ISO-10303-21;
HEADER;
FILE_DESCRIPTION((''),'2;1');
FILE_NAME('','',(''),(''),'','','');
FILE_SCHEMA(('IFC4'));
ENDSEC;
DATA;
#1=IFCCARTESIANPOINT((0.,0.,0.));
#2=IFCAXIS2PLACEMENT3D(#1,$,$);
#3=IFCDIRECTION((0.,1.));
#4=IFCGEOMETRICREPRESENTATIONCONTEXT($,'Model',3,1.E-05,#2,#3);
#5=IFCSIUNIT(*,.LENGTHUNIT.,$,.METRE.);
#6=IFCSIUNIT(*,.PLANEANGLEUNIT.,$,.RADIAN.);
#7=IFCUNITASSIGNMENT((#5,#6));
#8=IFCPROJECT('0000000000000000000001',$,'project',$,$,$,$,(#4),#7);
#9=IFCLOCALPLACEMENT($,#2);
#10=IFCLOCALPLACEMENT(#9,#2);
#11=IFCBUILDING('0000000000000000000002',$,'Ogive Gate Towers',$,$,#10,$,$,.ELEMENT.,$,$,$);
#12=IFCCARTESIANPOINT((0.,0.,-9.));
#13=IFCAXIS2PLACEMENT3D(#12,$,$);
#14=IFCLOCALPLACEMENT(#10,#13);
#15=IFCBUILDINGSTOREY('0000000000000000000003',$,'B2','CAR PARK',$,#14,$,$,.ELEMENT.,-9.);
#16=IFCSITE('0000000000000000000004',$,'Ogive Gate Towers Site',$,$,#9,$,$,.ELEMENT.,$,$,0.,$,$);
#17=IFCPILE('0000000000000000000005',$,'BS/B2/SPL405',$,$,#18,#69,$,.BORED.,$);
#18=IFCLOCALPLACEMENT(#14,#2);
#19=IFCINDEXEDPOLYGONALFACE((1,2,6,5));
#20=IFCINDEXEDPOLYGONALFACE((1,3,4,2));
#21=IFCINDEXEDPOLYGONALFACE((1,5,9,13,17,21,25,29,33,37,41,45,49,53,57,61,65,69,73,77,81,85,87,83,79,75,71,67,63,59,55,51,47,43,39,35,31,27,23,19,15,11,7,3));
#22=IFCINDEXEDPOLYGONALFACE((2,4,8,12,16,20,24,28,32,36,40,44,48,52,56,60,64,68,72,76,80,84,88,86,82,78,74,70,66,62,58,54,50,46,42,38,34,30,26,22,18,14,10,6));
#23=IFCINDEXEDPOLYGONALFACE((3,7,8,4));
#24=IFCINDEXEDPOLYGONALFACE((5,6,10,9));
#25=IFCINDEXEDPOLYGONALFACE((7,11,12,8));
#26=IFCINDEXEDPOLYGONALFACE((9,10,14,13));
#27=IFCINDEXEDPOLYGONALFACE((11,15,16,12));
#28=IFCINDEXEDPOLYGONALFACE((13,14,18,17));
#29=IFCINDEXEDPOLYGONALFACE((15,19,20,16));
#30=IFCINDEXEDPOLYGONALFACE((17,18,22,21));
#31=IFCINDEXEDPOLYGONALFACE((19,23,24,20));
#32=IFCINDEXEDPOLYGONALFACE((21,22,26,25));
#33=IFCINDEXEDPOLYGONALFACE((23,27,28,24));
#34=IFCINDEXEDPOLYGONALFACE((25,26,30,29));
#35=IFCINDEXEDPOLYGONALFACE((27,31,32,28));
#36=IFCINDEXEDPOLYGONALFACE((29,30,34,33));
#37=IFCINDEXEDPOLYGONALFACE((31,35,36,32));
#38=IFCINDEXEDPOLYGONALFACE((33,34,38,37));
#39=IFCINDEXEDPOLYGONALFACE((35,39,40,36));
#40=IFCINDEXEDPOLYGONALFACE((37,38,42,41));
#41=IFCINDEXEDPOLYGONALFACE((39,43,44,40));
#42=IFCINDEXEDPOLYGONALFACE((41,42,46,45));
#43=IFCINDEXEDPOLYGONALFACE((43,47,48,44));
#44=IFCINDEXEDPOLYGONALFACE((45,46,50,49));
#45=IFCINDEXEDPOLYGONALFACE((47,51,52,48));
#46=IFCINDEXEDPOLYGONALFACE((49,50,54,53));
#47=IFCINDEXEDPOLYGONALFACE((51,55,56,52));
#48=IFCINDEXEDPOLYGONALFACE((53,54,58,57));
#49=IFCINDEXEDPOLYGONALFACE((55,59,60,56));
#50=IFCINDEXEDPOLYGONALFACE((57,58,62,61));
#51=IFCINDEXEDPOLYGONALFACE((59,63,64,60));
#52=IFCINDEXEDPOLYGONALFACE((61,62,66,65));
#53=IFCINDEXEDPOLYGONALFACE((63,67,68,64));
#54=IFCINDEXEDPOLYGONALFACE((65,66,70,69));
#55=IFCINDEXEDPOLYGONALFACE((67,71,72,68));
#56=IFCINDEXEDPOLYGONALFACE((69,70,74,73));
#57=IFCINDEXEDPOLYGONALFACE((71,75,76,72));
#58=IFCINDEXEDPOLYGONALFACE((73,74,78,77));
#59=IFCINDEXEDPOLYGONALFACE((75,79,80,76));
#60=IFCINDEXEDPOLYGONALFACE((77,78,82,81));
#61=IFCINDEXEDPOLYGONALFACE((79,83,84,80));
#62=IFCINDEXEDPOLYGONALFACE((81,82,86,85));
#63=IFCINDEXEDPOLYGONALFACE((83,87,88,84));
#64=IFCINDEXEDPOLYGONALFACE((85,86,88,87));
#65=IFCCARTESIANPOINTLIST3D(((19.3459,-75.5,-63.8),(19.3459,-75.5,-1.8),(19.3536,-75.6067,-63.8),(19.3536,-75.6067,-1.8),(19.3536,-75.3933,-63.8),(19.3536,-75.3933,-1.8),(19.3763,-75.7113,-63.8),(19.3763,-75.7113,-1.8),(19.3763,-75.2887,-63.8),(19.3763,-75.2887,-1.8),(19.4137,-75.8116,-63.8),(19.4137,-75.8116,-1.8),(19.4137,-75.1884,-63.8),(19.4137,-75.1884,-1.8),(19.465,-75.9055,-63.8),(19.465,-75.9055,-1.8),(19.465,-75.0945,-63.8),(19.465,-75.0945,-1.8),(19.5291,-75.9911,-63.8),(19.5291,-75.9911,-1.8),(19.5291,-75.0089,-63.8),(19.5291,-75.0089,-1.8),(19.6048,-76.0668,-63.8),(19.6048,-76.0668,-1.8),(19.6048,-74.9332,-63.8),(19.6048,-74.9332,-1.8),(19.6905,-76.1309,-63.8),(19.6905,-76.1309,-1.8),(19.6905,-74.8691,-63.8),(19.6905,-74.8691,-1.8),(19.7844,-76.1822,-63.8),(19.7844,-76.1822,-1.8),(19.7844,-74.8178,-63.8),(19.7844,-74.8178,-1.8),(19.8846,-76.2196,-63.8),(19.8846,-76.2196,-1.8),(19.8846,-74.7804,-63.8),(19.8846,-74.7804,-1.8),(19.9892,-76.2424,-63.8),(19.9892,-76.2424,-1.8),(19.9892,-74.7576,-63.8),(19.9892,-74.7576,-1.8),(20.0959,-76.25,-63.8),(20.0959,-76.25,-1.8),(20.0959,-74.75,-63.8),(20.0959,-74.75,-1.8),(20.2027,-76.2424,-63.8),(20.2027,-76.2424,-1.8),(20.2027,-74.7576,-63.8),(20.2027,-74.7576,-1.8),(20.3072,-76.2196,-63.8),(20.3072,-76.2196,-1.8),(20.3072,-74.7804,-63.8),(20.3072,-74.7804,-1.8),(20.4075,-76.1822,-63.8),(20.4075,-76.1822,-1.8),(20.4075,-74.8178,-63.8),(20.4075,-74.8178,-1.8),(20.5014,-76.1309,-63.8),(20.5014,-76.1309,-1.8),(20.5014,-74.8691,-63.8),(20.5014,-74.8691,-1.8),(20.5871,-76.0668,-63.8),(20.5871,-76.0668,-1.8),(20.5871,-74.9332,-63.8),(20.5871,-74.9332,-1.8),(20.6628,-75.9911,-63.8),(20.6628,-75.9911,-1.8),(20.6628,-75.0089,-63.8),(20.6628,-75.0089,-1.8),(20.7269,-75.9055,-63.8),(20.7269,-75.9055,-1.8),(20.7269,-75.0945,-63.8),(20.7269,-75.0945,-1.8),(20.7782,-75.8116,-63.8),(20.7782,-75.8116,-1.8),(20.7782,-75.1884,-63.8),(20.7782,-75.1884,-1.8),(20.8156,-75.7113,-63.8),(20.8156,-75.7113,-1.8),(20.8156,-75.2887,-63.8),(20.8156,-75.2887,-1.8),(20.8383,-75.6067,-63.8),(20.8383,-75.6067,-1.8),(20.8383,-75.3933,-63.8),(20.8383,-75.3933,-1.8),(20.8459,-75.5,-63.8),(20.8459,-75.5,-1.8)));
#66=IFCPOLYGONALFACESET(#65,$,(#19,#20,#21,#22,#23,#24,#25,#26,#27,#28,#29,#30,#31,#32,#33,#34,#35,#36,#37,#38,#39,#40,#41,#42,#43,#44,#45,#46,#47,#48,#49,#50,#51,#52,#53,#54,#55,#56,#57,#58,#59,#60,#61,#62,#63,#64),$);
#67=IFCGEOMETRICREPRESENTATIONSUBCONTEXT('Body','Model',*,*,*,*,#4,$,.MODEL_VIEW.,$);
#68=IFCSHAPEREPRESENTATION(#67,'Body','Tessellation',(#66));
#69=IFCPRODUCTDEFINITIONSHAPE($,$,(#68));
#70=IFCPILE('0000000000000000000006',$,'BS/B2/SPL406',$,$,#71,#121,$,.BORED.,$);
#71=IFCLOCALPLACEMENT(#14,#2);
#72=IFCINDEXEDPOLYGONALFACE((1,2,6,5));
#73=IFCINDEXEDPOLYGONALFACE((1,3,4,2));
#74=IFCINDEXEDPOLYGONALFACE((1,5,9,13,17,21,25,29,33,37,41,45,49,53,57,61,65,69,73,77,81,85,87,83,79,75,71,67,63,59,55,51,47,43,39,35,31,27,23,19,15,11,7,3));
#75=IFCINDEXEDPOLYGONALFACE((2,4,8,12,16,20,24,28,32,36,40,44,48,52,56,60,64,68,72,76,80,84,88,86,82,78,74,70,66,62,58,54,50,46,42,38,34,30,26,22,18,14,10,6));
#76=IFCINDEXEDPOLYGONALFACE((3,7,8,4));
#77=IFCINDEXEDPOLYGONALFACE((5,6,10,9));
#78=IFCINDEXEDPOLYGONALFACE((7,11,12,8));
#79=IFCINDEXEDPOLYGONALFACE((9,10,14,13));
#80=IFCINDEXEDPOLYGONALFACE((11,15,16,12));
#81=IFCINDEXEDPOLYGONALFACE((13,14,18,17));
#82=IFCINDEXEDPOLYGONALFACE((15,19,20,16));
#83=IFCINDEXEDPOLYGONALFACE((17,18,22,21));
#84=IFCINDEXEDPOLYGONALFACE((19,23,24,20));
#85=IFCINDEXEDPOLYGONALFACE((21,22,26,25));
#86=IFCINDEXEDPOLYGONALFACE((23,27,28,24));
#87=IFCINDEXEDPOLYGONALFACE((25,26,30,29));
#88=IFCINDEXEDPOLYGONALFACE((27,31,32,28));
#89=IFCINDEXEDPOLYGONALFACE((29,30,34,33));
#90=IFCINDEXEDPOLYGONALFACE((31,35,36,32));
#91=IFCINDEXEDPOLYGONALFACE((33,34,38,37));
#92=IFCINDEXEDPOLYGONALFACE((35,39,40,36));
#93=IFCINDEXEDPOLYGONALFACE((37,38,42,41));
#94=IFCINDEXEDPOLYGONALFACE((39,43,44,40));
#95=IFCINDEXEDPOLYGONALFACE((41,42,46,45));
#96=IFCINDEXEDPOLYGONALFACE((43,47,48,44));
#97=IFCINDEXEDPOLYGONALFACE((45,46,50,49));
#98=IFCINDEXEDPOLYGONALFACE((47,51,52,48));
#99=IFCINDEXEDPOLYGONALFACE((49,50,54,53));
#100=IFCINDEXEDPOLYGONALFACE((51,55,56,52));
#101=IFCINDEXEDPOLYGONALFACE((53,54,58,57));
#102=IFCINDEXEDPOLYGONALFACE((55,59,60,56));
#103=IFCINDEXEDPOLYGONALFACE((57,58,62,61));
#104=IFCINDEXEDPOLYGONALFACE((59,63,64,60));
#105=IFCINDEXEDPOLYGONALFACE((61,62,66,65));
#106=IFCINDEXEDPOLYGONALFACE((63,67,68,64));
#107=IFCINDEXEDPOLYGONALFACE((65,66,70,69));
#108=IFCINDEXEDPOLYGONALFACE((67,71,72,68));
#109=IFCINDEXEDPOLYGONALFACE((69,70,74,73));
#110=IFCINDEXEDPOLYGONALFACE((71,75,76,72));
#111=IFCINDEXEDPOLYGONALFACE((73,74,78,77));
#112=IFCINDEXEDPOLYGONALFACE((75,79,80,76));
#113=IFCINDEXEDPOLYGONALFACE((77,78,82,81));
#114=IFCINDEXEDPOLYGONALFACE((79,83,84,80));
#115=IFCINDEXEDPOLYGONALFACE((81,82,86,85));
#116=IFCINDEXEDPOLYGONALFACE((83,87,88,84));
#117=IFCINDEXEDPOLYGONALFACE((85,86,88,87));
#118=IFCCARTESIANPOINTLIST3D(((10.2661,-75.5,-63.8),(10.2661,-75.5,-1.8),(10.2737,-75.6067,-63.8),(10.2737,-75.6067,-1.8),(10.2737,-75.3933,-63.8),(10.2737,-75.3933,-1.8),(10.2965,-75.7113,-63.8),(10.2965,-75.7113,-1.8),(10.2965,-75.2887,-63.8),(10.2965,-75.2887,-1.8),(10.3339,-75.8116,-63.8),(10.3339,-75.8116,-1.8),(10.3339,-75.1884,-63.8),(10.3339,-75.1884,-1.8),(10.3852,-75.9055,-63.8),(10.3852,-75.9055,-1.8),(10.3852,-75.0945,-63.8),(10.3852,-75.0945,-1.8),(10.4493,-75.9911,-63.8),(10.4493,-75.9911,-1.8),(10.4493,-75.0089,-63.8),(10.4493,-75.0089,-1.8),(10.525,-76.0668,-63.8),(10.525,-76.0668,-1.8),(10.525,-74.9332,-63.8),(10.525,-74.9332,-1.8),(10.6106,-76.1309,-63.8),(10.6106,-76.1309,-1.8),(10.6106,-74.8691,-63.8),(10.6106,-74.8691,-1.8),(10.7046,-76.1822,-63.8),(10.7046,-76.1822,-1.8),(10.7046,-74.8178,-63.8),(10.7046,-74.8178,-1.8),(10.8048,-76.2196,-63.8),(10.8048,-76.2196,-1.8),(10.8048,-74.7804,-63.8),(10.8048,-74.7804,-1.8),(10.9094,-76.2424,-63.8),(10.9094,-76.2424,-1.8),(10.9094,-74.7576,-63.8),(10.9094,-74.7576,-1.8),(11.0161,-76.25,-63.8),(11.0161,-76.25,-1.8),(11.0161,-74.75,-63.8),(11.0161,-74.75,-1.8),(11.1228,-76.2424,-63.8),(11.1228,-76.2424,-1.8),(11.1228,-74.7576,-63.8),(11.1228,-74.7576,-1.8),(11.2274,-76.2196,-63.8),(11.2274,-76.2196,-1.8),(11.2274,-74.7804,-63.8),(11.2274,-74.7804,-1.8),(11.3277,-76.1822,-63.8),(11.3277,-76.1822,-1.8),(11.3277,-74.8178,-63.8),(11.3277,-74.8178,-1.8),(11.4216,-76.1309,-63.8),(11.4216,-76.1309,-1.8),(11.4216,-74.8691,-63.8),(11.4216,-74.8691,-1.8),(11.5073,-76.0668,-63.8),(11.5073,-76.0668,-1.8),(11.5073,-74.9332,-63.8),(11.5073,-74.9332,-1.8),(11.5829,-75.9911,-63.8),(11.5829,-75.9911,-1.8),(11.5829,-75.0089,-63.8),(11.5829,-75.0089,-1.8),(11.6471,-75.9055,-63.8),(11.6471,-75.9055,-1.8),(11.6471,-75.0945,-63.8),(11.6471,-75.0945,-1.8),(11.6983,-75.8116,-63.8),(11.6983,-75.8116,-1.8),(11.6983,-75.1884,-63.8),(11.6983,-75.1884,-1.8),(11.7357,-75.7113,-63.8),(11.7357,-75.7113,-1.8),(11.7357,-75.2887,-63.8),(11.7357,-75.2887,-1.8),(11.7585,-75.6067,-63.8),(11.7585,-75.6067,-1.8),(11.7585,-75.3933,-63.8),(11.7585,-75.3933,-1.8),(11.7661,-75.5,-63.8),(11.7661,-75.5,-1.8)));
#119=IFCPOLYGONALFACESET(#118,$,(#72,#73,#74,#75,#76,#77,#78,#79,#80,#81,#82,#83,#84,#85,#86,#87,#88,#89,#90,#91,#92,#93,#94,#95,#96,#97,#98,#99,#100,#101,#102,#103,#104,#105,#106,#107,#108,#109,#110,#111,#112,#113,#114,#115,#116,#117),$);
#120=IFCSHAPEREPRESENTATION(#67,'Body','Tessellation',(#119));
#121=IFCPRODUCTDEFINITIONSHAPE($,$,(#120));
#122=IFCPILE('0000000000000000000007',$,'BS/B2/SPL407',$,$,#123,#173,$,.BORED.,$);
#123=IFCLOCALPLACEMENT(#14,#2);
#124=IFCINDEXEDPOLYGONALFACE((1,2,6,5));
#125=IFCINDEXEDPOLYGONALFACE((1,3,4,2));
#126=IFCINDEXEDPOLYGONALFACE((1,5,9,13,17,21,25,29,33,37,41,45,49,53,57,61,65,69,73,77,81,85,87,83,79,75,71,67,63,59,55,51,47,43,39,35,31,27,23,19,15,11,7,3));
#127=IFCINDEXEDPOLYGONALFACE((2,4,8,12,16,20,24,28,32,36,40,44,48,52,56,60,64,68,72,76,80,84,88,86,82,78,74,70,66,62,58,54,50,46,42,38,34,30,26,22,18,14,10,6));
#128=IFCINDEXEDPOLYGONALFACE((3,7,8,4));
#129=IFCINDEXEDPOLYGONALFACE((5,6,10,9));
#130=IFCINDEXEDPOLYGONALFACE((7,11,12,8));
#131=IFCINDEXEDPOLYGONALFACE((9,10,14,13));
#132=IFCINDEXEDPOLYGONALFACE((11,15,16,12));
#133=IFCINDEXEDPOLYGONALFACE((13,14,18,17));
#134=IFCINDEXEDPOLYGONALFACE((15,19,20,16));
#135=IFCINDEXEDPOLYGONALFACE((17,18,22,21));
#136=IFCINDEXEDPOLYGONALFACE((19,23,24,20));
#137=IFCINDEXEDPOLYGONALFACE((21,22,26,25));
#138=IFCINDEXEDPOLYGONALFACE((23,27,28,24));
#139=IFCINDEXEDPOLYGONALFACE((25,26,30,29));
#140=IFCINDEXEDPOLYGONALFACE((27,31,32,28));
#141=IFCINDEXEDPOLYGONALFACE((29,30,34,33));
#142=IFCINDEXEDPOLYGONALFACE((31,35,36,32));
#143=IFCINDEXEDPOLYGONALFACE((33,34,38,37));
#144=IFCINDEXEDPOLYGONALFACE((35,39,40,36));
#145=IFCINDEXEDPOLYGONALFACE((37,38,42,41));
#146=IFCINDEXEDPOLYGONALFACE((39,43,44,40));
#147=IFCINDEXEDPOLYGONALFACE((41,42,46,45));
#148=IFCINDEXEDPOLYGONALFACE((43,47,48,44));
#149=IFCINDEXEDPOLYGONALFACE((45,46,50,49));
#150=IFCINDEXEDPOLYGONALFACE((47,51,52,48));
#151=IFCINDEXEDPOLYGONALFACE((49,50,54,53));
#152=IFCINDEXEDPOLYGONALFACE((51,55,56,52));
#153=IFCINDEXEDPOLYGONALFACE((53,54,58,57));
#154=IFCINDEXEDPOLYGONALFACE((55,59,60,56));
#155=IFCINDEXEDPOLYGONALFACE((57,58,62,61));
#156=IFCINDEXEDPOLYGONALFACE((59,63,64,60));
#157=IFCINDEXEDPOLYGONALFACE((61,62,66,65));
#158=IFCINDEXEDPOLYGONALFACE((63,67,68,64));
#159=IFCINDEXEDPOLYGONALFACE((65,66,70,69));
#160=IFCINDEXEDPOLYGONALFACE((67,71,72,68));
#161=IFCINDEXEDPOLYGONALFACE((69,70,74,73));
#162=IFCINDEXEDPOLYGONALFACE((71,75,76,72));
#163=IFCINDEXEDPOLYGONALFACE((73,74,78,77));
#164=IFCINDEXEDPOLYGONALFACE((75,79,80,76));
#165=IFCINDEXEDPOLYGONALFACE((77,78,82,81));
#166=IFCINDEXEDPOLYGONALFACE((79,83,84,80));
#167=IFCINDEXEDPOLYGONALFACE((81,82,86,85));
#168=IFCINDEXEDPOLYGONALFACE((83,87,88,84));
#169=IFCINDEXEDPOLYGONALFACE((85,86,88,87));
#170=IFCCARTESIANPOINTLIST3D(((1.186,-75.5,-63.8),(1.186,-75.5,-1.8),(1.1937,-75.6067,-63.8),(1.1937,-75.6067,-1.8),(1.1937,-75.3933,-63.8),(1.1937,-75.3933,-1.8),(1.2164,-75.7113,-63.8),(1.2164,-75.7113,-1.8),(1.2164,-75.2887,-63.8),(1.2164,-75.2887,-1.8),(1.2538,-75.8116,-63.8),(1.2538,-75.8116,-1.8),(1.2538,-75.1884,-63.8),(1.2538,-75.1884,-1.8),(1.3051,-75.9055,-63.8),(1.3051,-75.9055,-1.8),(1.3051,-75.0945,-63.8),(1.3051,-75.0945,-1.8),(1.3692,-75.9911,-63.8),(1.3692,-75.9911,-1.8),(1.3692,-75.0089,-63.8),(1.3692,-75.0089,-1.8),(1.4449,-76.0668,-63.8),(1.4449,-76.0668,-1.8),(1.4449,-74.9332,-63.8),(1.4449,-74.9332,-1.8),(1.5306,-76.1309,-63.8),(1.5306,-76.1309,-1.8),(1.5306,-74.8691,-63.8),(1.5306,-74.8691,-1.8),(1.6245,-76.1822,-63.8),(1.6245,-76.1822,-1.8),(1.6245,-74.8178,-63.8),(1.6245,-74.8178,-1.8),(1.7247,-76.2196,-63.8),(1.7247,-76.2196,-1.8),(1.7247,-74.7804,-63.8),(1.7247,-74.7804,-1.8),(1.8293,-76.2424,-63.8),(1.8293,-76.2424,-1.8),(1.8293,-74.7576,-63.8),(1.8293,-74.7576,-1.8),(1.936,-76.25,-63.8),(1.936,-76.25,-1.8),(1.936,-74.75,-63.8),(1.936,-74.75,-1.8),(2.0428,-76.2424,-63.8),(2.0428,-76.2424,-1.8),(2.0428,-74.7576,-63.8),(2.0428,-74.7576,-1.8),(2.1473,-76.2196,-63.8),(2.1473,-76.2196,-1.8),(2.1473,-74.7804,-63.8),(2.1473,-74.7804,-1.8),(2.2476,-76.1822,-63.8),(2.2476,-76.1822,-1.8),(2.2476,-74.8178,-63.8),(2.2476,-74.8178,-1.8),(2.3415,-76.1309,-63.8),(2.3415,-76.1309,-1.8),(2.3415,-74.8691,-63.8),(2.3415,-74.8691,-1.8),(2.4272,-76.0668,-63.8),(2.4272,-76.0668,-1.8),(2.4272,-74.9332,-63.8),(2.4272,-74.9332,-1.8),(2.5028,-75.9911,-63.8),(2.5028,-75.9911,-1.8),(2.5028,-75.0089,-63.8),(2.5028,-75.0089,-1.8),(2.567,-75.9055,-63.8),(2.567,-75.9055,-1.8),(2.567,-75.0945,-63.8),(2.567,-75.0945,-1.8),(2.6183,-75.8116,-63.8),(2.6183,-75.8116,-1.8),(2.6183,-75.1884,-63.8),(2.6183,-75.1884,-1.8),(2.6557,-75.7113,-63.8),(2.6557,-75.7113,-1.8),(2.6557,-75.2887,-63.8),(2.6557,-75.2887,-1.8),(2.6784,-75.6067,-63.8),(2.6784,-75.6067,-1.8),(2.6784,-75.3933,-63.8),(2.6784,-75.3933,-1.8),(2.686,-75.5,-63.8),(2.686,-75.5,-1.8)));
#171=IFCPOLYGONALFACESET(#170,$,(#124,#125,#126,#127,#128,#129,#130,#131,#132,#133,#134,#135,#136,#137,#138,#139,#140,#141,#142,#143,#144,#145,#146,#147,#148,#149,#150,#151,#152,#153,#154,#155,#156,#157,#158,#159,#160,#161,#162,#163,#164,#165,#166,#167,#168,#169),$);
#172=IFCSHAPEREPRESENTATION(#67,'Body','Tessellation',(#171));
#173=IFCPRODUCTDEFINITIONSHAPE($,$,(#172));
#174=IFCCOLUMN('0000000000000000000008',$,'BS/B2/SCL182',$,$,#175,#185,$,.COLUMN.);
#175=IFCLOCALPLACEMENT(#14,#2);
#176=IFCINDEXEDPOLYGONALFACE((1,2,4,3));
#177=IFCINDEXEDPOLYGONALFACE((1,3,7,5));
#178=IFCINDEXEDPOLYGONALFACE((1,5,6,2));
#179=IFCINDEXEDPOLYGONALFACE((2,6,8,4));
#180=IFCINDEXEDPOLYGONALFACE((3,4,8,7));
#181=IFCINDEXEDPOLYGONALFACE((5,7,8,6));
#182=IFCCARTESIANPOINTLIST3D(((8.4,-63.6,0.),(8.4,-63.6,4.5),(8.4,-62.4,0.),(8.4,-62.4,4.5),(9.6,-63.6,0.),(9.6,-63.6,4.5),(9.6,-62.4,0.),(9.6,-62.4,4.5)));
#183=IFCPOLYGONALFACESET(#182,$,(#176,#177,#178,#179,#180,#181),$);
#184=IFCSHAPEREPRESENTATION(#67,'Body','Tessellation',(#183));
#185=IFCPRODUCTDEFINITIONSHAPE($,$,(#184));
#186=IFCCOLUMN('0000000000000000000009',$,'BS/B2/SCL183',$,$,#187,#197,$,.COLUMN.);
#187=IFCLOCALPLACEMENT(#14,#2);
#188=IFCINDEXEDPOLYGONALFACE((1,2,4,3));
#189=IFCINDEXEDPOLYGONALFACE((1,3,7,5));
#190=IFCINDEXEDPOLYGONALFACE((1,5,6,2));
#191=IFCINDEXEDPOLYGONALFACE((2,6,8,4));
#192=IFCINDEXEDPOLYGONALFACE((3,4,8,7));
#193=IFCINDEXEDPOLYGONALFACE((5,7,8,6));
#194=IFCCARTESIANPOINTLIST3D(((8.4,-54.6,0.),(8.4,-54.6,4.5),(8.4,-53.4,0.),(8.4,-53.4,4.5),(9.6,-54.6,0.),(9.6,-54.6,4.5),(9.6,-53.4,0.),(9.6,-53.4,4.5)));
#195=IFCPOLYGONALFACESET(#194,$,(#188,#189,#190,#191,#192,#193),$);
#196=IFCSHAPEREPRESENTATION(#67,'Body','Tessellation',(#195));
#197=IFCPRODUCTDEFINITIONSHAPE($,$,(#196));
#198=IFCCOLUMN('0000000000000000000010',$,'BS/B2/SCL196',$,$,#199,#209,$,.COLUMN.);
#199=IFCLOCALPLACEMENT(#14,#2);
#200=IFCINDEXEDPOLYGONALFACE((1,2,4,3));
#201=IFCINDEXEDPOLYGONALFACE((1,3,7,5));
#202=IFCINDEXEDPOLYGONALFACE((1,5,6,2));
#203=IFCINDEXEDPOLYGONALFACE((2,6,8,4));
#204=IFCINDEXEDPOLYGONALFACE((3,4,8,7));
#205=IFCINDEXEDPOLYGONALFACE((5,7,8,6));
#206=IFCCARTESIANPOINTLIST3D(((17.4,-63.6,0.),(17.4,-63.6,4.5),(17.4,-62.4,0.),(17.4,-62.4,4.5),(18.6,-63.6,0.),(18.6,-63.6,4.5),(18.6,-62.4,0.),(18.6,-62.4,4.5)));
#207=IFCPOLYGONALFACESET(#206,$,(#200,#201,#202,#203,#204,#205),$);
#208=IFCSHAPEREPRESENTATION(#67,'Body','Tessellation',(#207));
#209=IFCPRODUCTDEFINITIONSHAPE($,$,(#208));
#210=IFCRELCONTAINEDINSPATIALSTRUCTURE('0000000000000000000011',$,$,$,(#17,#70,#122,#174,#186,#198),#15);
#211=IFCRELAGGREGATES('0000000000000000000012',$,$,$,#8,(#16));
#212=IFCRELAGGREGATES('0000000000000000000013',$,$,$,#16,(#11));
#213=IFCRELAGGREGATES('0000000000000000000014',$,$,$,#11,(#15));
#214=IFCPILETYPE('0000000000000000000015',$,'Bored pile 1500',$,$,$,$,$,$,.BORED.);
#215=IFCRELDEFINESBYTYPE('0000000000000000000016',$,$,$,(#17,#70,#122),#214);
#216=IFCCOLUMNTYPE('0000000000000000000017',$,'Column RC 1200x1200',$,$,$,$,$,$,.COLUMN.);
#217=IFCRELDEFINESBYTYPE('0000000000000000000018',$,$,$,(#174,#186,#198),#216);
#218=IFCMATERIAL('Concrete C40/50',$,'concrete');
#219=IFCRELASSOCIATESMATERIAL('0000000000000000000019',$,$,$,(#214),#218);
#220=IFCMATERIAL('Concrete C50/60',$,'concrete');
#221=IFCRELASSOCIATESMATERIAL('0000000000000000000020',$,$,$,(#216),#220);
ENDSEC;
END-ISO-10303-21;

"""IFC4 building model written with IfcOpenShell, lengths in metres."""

from ifc_helpers import new_model, si_unit, direction, frame, origin, origin_2d, place, context, subcontext, project, spatial, rectangle, circle, extrude, material, material_profile, profile_set, type_object, element, save


model = new_model("IFC4")

# Units and contexts
model_context = context("Model", 3, precision=1e-05, world=origin(), true_north=direction((0.0, 1.0)))
body_context = subcontext(model_context, "Body", "Model", "MODEL_VIEW")
ifc_project = project(units=[si_unit("LENGTHUNIT", "METRE"), si_unit("PLANEANGLEUNIT", "RADIAN")], contexts=[model_context])

# Site, building, storey
site_placement = place(None, origin())
site = spatial("IfcSite", under=ifc_project, at=site_placement, Name="Ogive Gate Towers Site", CompositionType="ELEMENT", RefElevation=0.0)
building_placement = place(site_placement, origin())
building = spatial("IfcBuilding", under=site, at=building_placement, Name="Ogive Gate Towers", CompositionType="ELEMENT")
storey_placement = place(building_placement, frame((0.0, 0.0, -9.0)))
storey = spatial("IfcBuildingStorey", under=building, at=storey_placement, Name="B2", Description="CAR PARK", CompositionType="ELEMENT", Elevation=-9.0)

# Piles
ifc_material_1 = material(Name="Concrete C40/50", Category="concrete")
ifc_material_profile_1 = material_profile(ifc_material_1, circle(Radius=0.75, at=origin_2d()), Name="BP 1500")
ifc_profile_set_1 = profile_set([ifc_material_profile_1], Name="Concrete C40/50")
pile_type = type_object("IfcPileType", Name="Bored pile 1500", PredefinedType="BORED", material=ifc_profile_set_1)
for number, where, z_axis, x_axis, name in (
    (1, (20.0959, -75.5, -1.8), (0.0, 0.0, -1.0), (1.0, 0.0, 0.0), "BS/B2/SPL405"),
    (2, (11.0161, -75.5, -1.8), (0.0, 0.0, -1.0), (1.0, 0.0, 0.0), "BS/B2/SPL406"),
    (3, (1.936, -75.5, -1.8), (0.0, 0.0, -1.0), (1.0, 0.0, 0.0), "BS/B2/SPL407"),
):
    element("IfcPile", number, at=place(storey_placement, frame(where, z_axis=z_axis, x_axis=x_axis)), inside=storey, type_object=pile_type, Name=name, PredefinedType="BORED", context=body_context, shape_type="SweptSolid", body=[
        extrude(circle(Radius=0.75, at=origin_2d()), origin(), (0.0, 0.0, 1.0), 62.0),
    ])

# Columns
ifc_material_2 = material(Name="Concrete C50/60", Category="concrete")
ifc_material_profile_2 = material_profile(ifc_material_2, rectangle(XDim=1.2, YDim=1.2, at=origin_2d()), Name="RC 1200x1200")
ifc_profile_set_2 = profile_set([ifc_material_profile_2], Name="Concrete C50/60")
column_type = type_object("IfcColumnType", Name="Column RC 1200x1200", PredefinedType="COLUMN", material=ifc_profile_set_2)
for number, where, z_axis, x_axis, name in (
    (4, (9.0, -63.0, 0.0), (0.0, 0.0, 1.0), (1.0, 0.0, 0.0), "BS/B2/SCL182"),
    (5, (9.0, -54.0, 0.0), (0.0, 0.0, 1.0), (1.0, 0.0, 0.0), "BS/B2/SCL183"),
    (6, (18.0, -63.0, 0.0), (0.0, 0.0, 1.0), (1.0, 0.0, 0.0), "BS/B2/SCL196"),
):
    element("IfcColumn", number, at=place(storey_placement, frame(where, z_axis=z_axis, x_axis=x_axis)), inside=storey, type_object=column_type, Name=name, PredefinedType="COLUMN", context=body_context, shape_type="SweptSolid", body=[
        extrude(rectangle(XDim=1.2, YDim=1.2, at=origin_2d()), origin(), (0.0, 0.0, 1.0), 4.5),
    ])

save(model, "model.ifc")
